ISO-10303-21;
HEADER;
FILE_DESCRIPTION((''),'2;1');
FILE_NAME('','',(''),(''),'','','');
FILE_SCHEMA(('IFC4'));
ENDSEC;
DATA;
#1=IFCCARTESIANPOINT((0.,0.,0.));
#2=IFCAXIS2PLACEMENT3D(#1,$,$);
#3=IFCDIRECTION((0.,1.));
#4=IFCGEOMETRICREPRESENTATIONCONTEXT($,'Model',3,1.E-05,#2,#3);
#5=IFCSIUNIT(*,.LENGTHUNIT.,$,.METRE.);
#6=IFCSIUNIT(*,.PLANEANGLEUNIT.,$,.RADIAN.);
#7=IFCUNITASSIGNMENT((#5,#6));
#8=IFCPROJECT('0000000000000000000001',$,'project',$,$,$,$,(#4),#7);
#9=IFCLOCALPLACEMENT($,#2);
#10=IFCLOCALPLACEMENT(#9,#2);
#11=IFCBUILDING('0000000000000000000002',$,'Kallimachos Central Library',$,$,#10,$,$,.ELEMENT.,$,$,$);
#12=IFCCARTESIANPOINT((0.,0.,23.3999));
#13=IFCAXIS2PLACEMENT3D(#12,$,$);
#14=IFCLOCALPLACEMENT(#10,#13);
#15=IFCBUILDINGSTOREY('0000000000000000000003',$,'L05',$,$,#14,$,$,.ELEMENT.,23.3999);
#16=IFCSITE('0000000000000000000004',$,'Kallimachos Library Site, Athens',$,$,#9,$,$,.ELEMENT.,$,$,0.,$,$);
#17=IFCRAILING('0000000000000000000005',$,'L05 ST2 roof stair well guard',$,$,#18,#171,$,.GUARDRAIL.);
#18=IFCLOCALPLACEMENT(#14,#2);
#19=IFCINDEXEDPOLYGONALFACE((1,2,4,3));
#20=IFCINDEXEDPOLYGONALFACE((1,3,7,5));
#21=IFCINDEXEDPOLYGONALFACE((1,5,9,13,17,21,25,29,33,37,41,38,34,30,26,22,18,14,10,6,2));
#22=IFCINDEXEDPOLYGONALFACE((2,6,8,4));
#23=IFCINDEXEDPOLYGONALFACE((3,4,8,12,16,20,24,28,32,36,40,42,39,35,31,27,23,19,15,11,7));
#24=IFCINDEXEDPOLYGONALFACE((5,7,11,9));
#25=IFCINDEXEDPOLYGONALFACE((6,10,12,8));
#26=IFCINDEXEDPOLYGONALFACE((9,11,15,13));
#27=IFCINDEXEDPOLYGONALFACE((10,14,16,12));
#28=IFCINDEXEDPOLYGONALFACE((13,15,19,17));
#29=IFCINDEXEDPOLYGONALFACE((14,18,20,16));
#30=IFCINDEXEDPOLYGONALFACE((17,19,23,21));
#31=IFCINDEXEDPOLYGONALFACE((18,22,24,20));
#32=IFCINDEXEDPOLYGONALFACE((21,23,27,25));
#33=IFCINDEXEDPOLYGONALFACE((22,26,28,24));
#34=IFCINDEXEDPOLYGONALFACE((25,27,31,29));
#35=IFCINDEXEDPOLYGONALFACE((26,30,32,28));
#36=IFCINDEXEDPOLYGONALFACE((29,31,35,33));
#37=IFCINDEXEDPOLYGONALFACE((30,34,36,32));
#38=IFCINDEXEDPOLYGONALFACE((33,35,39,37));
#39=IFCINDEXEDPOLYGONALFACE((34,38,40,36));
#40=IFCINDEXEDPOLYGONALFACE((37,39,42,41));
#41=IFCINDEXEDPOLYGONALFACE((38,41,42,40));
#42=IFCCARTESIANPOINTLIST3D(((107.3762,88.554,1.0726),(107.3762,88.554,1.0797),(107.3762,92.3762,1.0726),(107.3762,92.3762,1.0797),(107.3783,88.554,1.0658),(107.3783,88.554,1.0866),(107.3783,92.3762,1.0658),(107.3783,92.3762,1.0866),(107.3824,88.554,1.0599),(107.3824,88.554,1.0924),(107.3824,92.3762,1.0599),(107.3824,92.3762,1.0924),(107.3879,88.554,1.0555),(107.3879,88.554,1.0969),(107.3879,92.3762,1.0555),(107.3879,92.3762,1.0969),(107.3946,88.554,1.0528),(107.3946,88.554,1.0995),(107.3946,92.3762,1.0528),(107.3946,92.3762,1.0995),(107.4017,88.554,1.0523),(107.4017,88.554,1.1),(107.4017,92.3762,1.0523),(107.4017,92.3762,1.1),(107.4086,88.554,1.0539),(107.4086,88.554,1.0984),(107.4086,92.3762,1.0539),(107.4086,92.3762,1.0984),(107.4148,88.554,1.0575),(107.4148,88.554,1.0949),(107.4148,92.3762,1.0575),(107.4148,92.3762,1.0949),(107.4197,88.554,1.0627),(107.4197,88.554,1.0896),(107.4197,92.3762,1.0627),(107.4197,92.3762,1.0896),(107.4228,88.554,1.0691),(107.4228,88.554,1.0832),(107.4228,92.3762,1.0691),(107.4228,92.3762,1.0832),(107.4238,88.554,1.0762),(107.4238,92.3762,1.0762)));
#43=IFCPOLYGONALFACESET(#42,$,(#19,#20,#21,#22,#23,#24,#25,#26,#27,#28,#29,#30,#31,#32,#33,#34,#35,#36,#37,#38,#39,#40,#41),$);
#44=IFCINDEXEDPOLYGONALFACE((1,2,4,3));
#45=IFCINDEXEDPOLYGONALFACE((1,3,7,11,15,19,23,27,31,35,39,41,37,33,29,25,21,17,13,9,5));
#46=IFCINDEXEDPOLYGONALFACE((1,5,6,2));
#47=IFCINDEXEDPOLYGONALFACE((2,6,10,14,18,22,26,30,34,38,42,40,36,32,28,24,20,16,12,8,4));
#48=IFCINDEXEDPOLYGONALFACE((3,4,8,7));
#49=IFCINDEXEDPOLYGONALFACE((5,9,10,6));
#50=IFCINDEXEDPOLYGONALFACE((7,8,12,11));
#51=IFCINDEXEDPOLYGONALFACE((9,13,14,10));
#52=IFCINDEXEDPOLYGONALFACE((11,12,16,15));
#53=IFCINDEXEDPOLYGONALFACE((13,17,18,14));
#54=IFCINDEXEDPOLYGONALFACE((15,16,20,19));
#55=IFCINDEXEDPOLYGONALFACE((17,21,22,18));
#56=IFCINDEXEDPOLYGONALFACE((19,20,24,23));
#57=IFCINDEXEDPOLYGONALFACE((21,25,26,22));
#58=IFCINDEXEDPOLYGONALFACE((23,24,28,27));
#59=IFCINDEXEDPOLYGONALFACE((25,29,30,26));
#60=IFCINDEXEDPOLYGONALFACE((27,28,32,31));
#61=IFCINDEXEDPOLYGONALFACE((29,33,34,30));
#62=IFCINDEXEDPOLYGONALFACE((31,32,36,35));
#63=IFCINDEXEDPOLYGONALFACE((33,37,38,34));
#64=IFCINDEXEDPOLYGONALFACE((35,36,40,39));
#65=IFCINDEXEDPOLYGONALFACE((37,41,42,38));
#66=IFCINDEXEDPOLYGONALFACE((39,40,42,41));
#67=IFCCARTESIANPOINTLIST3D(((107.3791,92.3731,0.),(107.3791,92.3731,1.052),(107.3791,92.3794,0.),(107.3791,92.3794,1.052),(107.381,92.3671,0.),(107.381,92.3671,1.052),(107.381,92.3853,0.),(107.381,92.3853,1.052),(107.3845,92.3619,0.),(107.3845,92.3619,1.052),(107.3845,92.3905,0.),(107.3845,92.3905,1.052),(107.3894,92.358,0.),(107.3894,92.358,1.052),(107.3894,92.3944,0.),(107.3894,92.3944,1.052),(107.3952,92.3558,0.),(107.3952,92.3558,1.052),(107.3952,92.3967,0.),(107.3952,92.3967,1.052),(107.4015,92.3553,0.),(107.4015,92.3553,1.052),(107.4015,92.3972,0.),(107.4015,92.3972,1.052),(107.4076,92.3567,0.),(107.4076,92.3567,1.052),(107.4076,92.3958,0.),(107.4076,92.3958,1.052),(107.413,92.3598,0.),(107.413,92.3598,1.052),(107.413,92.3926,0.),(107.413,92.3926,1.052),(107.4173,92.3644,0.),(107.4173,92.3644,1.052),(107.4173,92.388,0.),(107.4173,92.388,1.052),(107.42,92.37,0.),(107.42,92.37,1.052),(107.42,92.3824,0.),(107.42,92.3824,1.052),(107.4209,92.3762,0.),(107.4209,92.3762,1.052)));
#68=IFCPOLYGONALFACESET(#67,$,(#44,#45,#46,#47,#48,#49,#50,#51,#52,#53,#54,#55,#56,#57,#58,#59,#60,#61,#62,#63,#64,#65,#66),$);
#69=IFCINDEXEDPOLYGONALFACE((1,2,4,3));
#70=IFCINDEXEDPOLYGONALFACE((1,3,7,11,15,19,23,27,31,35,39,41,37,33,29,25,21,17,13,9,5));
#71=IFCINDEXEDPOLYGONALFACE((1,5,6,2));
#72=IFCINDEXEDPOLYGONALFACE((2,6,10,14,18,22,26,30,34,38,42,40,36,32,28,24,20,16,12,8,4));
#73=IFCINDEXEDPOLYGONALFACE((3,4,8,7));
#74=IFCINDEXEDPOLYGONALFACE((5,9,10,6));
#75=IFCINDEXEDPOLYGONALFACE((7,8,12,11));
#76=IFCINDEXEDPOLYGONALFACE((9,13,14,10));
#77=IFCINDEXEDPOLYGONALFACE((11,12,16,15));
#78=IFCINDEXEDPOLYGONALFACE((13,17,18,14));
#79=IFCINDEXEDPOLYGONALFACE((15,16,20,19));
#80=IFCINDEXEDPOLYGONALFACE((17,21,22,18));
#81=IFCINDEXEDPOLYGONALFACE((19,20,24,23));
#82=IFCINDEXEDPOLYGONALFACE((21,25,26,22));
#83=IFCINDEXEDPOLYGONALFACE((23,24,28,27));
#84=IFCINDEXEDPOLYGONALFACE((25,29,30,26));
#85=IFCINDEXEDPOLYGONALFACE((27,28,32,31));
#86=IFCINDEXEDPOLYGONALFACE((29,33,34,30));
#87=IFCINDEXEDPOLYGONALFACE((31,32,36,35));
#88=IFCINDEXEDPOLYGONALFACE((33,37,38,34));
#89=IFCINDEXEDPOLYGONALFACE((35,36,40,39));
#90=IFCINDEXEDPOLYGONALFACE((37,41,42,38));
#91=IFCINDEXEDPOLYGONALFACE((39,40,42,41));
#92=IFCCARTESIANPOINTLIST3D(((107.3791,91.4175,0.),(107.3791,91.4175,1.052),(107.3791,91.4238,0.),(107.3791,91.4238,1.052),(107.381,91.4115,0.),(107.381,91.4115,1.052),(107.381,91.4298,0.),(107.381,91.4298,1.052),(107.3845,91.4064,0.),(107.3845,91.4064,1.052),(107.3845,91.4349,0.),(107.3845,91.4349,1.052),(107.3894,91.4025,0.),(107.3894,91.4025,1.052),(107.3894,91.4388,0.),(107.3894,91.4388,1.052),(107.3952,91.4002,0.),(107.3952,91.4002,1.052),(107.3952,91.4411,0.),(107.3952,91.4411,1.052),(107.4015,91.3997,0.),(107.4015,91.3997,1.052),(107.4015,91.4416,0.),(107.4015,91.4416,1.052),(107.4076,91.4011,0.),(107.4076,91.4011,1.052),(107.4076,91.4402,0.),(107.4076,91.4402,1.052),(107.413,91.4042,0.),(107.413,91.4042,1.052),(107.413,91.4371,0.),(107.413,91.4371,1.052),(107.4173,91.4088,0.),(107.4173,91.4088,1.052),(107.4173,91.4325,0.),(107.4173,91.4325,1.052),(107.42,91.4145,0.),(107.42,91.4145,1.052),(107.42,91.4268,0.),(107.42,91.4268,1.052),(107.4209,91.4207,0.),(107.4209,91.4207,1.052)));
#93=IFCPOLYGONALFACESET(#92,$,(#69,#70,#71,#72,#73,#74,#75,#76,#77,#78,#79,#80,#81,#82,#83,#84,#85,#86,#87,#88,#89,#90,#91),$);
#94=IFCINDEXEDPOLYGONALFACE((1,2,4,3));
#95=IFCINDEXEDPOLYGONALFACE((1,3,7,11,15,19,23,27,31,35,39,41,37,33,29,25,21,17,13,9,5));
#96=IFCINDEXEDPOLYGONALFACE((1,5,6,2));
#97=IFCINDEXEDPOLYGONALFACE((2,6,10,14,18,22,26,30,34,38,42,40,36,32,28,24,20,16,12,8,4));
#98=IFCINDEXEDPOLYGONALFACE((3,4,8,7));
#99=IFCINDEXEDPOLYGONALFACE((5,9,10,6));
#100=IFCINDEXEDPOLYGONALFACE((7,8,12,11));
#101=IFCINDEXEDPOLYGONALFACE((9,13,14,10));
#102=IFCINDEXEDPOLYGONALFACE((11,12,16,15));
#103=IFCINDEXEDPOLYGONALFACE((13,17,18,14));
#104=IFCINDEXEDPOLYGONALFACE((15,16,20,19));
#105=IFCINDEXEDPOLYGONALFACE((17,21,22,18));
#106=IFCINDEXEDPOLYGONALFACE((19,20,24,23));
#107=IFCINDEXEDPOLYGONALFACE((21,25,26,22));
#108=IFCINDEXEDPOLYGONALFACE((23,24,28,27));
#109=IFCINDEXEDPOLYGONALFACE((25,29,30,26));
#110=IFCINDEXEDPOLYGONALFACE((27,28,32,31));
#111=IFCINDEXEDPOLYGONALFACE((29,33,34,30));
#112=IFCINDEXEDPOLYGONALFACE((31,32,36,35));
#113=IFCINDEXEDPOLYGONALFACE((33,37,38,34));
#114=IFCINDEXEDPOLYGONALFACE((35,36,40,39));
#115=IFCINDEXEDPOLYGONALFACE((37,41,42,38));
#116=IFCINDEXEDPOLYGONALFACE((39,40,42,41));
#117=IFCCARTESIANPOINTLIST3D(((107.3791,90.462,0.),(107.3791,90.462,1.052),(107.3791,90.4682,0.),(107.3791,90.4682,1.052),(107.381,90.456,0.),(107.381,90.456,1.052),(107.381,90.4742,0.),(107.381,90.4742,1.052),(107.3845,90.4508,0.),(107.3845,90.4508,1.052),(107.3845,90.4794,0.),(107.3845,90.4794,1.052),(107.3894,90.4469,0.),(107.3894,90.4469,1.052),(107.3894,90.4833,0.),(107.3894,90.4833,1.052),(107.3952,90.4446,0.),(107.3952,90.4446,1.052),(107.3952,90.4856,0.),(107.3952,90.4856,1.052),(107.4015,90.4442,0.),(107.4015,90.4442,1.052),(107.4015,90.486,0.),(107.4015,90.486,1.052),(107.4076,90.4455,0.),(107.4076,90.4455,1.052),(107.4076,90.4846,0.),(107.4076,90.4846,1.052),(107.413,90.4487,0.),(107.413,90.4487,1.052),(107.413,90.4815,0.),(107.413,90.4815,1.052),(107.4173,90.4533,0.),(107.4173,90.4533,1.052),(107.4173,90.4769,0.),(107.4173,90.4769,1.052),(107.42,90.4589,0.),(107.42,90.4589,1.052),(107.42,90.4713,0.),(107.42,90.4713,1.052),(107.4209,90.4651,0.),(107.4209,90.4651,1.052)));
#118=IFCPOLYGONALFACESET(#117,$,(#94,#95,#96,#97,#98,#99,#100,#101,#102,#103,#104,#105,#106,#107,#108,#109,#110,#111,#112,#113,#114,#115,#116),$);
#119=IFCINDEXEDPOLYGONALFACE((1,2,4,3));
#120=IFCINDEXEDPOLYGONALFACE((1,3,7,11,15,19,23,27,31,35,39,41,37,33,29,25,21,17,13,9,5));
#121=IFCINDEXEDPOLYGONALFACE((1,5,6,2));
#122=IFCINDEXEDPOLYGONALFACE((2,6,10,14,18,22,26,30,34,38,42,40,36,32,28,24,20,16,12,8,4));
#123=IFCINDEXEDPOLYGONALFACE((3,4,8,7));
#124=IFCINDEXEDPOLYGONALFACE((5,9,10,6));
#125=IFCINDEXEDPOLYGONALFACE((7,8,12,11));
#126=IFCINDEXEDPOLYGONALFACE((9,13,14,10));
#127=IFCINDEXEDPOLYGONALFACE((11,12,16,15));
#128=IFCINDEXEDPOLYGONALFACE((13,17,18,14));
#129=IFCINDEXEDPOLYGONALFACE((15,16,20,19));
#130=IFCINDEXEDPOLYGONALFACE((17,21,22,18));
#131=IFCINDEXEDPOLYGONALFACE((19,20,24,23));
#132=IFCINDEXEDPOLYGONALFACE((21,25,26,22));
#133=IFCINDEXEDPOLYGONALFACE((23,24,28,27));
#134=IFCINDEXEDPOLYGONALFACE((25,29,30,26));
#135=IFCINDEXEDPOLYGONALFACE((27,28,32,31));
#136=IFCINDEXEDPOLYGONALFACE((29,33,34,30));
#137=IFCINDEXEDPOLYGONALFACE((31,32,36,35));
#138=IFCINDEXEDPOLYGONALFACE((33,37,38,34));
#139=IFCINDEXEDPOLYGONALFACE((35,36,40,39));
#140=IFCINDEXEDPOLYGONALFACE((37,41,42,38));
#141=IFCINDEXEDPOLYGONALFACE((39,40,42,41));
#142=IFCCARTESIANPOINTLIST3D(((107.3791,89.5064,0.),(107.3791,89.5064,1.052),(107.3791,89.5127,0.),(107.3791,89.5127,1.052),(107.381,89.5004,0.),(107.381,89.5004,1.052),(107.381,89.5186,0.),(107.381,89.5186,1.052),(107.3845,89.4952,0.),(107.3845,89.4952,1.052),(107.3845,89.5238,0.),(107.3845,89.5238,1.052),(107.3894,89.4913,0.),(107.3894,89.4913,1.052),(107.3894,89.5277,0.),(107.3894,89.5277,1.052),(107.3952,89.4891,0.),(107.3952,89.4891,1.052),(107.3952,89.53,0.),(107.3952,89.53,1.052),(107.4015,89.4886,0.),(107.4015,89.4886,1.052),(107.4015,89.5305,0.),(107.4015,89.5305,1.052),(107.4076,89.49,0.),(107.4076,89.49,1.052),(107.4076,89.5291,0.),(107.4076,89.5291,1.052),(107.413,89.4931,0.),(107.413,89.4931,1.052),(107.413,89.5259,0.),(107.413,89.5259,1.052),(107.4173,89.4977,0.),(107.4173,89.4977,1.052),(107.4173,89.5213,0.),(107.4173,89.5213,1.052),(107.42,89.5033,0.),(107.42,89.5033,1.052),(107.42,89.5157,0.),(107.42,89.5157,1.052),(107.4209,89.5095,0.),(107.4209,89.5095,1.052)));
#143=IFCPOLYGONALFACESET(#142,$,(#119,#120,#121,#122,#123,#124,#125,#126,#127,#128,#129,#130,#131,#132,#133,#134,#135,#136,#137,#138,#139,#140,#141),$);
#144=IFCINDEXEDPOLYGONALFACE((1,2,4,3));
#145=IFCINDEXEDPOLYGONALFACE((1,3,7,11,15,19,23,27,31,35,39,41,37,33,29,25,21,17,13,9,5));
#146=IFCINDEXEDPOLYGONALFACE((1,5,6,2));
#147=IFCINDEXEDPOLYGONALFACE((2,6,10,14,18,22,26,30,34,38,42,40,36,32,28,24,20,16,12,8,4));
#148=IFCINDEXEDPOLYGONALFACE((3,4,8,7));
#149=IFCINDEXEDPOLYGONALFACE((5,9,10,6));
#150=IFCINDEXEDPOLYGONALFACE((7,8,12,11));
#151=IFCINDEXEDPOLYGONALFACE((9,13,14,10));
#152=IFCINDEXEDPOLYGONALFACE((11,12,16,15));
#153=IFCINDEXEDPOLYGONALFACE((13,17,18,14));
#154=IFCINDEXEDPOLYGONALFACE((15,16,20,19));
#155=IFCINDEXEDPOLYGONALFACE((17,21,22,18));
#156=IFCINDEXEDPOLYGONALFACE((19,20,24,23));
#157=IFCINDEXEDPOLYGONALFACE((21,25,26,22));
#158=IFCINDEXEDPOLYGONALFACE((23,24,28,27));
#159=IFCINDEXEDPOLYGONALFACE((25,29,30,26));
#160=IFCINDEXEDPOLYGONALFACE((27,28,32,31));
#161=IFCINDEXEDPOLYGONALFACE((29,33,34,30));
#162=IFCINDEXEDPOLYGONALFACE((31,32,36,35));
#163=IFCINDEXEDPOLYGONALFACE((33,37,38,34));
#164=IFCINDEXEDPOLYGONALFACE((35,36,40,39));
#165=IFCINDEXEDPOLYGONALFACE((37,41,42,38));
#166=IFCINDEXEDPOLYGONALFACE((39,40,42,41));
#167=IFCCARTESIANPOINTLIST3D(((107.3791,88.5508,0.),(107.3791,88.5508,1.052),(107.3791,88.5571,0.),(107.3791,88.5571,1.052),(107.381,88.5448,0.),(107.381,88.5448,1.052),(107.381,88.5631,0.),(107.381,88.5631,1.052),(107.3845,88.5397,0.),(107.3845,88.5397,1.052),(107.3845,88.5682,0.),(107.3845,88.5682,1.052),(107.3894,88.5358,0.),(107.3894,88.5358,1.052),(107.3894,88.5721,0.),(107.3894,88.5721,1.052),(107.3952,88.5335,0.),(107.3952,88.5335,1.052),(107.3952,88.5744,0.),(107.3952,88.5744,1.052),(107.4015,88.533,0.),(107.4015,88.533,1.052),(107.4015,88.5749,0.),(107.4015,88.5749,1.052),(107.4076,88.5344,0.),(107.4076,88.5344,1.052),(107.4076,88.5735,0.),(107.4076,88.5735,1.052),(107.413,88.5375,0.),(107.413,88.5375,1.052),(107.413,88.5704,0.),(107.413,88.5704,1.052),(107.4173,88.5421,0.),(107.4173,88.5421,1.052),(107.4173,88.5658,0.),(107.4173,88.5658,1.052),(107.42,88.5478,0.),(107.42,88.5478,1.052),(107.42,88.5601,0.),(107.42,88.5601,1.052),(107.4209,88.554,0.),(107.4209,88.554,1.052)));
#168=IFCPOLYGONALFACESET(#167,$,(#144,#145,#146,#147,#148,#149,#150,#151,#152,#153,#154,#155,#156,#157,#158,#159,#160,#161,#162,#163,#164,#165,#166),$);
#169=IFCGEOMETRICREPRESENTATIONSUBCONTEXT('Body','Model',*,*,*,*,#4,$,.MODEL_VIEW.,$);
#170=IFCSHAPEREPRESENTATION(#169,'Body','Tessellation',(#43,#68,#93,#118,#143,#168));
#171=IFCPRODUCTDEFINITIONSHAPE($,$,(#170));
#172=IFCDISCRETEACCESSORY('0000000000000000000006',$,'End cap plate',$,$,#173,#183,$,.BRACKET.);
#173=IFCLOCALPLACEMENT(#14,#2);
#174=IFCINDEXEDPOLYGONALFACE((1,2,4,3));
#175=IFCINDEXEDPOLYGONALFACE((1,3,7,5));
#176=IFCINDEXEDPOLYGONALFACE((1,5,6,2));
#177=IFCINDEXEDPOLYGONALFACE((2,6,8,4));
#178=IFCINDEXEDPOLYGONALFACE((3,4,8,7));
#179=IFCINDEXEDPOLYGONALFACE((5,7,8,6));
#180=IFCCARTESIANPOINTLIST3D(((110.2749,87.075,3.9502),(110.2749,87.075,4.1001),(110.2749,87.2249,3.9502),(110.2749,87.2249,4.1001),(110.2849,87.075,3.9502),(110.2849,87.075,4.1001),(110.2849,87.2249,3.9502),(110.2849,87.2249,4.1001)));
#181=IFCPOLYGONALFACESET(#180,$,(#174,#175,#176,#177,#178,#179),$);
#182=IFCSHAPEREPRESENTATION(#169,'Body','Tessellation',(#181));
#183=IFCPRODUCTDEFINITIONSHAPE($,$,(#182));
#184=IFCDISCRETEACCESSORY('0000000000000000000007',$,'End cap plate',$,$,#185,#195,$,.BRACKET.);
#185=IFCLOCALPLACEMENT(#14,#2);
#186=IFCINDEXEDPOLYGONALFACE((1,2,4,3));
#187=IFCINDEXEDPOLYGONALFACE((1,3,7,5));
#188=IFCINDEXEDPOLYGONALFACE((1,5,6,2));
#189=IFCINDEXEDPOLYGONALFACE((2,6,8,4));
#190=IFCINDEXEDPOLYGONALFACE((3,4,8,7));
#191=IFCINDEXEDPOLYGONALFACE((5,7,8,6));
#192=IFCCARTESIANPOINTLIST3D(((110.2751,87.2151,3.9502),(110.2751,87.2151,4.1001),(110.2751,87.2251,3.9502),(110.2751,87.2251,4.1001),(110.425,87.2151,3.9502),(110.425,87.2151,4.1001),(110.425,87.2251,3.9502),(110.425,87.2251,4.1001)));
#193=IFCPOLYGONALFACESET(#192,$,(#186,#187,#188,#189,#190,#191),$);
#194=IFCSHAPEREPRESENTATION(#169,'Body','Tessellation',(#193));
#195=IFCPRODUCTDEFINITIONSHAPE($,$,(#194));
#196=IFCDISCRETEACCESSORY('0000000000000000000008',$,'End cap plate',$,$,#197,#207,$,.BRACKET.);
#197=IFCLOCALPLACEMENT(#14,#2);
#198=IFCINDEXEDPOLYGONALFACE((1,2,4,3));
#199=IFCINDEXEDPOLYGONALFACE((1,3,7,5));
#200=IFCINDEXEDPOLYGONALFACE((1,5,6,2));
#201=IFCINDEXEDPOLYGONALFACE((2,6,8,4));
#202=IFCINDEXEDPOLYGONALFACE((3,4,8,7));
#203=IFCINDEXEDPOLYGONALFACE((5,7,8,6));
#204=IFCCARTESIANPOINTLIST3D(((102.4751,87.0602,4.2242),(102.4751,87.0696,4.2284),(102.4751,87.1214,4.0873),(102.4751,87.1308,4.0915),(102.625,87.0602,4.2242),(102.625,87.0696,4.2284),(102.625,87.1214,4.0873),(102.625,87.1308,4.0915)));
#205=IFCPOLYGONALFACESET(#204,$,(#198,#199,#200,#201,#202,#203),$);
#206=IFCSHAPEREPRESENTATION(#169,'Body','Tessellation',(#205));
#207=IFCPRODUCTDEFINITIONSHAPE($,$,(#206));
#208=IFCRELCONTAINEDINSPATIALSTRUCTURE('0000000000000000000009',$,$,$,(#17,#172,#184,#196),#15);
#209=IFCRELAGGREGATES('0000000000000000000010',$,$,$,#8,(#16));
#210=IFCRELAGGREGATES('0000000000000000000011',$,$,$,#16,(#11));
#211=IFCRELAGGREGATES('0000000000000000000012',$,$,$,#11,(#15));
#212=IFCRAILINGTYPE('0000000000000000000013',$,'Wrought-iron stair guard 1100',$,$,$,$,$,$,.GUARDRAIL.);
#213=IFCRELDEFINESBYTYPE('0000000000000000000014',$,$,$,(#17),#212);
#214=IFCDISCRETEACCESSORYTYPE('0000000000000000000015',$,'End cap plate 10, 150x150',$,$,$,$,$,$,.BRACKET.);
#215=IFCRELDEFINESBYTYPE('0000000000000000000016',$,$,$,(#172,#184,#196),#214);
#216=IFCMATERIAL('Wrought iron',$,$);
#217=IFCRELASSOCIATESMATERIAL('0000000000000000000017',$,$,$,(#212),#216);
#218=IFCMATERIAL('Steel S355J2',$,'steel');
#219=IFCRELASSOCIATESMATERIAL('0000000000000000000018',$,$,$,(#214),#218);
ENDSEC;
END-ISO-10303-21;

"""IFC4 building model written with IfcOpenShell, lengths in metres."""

from ifc_helpers import new_model, si_unit, direction, frame, origin, origin_2d, place, context, subcontext, project, spatial, rectangle, circle, extrude, material, material_profile, profile_set, type_object, element, save


model = new_model("IFC4")

# Units and contexts
model_context = context("Model", 3, precision=1e-05, world=origin(), true_north=direction((0.0, 1.0)))
body_context = subcontext(model_context, "Body", "Model", "MODEL_VIEW")
ifc_project = project(units=[si_unit("LENGTHUNIT", "METRE"), si_unit("PLANEANGLEUNIT", "RADIAN")], contexts=[model_context])

# Site, building, storey
site_placement = place(None, origin())
site = spatial("IfcSite", under=ifc_project, at=site_placement, Name="Kallimachos Library Site, Athens", CompositionType="ELEMENT", RefElevation=0.0)
building_placement = place(site_placement, origin())
building = spatial("IfcBuilding", under=site, at=building_placement, Name="Kallimachos Central Library", CompositionType="ELEMENT")
storey_placement = place(building_placement, frame((0.0, 0.0, 23.3999)))
storey = spatial("IfcBuildingStorey", under=building, at=storey_placement, Name="L05", CompositionType="ELEMENT", Elevation=23.3999)

# Railing
ifc_material_1 = material(Name="Wrought iron")
railing_type = type_object("IfcRailingType", Name="Wrought-iron stair guard 1100", PredefinedType="GUARDRAIL", material=ifc_material_1)
railing_1_placement = place(storey_placement, frame((107.3999, 92.3762, 0.0)))
element("IfcRailing", 1, at=railing_1_placement, inside=storey, type_object=railing_type, Name="L05 ST2 roof stair well guard", PredefinedType="GUARDRAIL", context=body_context, shape_type="SweptSolid", body=[
    extrude(circle(Radius=0.0239, at=origin_2d()), frame((0.0, 0.0, 1.0762), z_axis=(0.0, -1.0, 0.0), x_axis=(1.0, 0.0, 0.0)), (0.0, 0.0, 1.0), 3.8223),
    extrude(circle(Radius=0.021, at=origin_2d()), origin(), (0.0, 0.0, 1.0), 1.052),
    extrude(circle(Radius=0.021, at=origin_2d()), frame((0.0, -0.9556, 0.0)), (0.0, 0.0, 1.0), 1.052),
    extrude(circle(Radius=0.021, at=origin_2d()), frame((0.0, -1.9111, 0.0)), (0.0, 0.0, 1.0), 1.052),
    extrude(circle(Radius=0.021, at=origin_2d()), frame((0.0, -2.8667, 0.0)), (0.0, 0.0, 1.0), 1.052),
    extrude(circle(Radius=0.021, at=origin_2d()), frame((0.0, -3.8223, 0.0)), (0.0, 0.0, 1.0), 1.052),
])

# Discrete accessories
ifc_material_2 = material(Name="Steel S355J2", Category="steel")
ifc_material_profile_1 = material_profile(ifc_material_2, rectangle(XDim=0.1499, YDim=0.1499, at=origin_2d()), Name="End cap plate 10, 150x150")
ifc_profile_set_1 = profile_set([ifc_material_profile_1], Name="Steel S355J2")
discrete_accessory_type = type_object("IfcDiscreteAccessoryType", Name="End cap plate 10, 150x150", PredefinedType="BRACKET", material=ifc_profile_set_1)
for number, where, z_axis, x_axis, name in (
    (2, (110.2749, 87.1499, 4.0251), (1.0, 0.0, 0.0), (0.0, 1.0, 0.0), "End cap plate"),
    (3, (110.3501, 87.2151, 4.0251), (0.0, 1.0, 0.0), (-1.0, 0.0, 0.0), "End cap plate"),
):
    element("IfcDiscreteAccessory", number, at=place(storey_placement, frame(where, z_axis=z_axis, x_axis=x_axis)), inside=storey, type_object=discrete_accessory_type, Name=name, PredefinedType="BRACKET", context=body_context, shape_type="SweptSolid", body=[
        extrude(rectangle(XDim=0.1499, YDim=0.1499, at=origin_2d()), origin(), (0.0, 0.0, 1.0), 0.01),
    ])
discrete_accessory_1_placement = place(storey_placement, frame((102.55, 87.0908, 4.1558), z_axis=(0.0, 0.912818, 0.408366), x_axis=(-1.0, 0.0, 0.0)))
element("IfcDiscreteAccessory", 4, at=discrete_accessory_1_placement, inside=storey, type_object=discrete_accessory_type, Name="End cap plate", PredefinedType="BRACKET", context=body_context, shape_type="SweptSolid", body=[
    extrude(rectangle(XDim=0.1499, YDim=0.1499, at=origin_2d()), origin(), (0.0, 0.0, 1.0), 0.0103),
])

save(model, "model.ifc")
